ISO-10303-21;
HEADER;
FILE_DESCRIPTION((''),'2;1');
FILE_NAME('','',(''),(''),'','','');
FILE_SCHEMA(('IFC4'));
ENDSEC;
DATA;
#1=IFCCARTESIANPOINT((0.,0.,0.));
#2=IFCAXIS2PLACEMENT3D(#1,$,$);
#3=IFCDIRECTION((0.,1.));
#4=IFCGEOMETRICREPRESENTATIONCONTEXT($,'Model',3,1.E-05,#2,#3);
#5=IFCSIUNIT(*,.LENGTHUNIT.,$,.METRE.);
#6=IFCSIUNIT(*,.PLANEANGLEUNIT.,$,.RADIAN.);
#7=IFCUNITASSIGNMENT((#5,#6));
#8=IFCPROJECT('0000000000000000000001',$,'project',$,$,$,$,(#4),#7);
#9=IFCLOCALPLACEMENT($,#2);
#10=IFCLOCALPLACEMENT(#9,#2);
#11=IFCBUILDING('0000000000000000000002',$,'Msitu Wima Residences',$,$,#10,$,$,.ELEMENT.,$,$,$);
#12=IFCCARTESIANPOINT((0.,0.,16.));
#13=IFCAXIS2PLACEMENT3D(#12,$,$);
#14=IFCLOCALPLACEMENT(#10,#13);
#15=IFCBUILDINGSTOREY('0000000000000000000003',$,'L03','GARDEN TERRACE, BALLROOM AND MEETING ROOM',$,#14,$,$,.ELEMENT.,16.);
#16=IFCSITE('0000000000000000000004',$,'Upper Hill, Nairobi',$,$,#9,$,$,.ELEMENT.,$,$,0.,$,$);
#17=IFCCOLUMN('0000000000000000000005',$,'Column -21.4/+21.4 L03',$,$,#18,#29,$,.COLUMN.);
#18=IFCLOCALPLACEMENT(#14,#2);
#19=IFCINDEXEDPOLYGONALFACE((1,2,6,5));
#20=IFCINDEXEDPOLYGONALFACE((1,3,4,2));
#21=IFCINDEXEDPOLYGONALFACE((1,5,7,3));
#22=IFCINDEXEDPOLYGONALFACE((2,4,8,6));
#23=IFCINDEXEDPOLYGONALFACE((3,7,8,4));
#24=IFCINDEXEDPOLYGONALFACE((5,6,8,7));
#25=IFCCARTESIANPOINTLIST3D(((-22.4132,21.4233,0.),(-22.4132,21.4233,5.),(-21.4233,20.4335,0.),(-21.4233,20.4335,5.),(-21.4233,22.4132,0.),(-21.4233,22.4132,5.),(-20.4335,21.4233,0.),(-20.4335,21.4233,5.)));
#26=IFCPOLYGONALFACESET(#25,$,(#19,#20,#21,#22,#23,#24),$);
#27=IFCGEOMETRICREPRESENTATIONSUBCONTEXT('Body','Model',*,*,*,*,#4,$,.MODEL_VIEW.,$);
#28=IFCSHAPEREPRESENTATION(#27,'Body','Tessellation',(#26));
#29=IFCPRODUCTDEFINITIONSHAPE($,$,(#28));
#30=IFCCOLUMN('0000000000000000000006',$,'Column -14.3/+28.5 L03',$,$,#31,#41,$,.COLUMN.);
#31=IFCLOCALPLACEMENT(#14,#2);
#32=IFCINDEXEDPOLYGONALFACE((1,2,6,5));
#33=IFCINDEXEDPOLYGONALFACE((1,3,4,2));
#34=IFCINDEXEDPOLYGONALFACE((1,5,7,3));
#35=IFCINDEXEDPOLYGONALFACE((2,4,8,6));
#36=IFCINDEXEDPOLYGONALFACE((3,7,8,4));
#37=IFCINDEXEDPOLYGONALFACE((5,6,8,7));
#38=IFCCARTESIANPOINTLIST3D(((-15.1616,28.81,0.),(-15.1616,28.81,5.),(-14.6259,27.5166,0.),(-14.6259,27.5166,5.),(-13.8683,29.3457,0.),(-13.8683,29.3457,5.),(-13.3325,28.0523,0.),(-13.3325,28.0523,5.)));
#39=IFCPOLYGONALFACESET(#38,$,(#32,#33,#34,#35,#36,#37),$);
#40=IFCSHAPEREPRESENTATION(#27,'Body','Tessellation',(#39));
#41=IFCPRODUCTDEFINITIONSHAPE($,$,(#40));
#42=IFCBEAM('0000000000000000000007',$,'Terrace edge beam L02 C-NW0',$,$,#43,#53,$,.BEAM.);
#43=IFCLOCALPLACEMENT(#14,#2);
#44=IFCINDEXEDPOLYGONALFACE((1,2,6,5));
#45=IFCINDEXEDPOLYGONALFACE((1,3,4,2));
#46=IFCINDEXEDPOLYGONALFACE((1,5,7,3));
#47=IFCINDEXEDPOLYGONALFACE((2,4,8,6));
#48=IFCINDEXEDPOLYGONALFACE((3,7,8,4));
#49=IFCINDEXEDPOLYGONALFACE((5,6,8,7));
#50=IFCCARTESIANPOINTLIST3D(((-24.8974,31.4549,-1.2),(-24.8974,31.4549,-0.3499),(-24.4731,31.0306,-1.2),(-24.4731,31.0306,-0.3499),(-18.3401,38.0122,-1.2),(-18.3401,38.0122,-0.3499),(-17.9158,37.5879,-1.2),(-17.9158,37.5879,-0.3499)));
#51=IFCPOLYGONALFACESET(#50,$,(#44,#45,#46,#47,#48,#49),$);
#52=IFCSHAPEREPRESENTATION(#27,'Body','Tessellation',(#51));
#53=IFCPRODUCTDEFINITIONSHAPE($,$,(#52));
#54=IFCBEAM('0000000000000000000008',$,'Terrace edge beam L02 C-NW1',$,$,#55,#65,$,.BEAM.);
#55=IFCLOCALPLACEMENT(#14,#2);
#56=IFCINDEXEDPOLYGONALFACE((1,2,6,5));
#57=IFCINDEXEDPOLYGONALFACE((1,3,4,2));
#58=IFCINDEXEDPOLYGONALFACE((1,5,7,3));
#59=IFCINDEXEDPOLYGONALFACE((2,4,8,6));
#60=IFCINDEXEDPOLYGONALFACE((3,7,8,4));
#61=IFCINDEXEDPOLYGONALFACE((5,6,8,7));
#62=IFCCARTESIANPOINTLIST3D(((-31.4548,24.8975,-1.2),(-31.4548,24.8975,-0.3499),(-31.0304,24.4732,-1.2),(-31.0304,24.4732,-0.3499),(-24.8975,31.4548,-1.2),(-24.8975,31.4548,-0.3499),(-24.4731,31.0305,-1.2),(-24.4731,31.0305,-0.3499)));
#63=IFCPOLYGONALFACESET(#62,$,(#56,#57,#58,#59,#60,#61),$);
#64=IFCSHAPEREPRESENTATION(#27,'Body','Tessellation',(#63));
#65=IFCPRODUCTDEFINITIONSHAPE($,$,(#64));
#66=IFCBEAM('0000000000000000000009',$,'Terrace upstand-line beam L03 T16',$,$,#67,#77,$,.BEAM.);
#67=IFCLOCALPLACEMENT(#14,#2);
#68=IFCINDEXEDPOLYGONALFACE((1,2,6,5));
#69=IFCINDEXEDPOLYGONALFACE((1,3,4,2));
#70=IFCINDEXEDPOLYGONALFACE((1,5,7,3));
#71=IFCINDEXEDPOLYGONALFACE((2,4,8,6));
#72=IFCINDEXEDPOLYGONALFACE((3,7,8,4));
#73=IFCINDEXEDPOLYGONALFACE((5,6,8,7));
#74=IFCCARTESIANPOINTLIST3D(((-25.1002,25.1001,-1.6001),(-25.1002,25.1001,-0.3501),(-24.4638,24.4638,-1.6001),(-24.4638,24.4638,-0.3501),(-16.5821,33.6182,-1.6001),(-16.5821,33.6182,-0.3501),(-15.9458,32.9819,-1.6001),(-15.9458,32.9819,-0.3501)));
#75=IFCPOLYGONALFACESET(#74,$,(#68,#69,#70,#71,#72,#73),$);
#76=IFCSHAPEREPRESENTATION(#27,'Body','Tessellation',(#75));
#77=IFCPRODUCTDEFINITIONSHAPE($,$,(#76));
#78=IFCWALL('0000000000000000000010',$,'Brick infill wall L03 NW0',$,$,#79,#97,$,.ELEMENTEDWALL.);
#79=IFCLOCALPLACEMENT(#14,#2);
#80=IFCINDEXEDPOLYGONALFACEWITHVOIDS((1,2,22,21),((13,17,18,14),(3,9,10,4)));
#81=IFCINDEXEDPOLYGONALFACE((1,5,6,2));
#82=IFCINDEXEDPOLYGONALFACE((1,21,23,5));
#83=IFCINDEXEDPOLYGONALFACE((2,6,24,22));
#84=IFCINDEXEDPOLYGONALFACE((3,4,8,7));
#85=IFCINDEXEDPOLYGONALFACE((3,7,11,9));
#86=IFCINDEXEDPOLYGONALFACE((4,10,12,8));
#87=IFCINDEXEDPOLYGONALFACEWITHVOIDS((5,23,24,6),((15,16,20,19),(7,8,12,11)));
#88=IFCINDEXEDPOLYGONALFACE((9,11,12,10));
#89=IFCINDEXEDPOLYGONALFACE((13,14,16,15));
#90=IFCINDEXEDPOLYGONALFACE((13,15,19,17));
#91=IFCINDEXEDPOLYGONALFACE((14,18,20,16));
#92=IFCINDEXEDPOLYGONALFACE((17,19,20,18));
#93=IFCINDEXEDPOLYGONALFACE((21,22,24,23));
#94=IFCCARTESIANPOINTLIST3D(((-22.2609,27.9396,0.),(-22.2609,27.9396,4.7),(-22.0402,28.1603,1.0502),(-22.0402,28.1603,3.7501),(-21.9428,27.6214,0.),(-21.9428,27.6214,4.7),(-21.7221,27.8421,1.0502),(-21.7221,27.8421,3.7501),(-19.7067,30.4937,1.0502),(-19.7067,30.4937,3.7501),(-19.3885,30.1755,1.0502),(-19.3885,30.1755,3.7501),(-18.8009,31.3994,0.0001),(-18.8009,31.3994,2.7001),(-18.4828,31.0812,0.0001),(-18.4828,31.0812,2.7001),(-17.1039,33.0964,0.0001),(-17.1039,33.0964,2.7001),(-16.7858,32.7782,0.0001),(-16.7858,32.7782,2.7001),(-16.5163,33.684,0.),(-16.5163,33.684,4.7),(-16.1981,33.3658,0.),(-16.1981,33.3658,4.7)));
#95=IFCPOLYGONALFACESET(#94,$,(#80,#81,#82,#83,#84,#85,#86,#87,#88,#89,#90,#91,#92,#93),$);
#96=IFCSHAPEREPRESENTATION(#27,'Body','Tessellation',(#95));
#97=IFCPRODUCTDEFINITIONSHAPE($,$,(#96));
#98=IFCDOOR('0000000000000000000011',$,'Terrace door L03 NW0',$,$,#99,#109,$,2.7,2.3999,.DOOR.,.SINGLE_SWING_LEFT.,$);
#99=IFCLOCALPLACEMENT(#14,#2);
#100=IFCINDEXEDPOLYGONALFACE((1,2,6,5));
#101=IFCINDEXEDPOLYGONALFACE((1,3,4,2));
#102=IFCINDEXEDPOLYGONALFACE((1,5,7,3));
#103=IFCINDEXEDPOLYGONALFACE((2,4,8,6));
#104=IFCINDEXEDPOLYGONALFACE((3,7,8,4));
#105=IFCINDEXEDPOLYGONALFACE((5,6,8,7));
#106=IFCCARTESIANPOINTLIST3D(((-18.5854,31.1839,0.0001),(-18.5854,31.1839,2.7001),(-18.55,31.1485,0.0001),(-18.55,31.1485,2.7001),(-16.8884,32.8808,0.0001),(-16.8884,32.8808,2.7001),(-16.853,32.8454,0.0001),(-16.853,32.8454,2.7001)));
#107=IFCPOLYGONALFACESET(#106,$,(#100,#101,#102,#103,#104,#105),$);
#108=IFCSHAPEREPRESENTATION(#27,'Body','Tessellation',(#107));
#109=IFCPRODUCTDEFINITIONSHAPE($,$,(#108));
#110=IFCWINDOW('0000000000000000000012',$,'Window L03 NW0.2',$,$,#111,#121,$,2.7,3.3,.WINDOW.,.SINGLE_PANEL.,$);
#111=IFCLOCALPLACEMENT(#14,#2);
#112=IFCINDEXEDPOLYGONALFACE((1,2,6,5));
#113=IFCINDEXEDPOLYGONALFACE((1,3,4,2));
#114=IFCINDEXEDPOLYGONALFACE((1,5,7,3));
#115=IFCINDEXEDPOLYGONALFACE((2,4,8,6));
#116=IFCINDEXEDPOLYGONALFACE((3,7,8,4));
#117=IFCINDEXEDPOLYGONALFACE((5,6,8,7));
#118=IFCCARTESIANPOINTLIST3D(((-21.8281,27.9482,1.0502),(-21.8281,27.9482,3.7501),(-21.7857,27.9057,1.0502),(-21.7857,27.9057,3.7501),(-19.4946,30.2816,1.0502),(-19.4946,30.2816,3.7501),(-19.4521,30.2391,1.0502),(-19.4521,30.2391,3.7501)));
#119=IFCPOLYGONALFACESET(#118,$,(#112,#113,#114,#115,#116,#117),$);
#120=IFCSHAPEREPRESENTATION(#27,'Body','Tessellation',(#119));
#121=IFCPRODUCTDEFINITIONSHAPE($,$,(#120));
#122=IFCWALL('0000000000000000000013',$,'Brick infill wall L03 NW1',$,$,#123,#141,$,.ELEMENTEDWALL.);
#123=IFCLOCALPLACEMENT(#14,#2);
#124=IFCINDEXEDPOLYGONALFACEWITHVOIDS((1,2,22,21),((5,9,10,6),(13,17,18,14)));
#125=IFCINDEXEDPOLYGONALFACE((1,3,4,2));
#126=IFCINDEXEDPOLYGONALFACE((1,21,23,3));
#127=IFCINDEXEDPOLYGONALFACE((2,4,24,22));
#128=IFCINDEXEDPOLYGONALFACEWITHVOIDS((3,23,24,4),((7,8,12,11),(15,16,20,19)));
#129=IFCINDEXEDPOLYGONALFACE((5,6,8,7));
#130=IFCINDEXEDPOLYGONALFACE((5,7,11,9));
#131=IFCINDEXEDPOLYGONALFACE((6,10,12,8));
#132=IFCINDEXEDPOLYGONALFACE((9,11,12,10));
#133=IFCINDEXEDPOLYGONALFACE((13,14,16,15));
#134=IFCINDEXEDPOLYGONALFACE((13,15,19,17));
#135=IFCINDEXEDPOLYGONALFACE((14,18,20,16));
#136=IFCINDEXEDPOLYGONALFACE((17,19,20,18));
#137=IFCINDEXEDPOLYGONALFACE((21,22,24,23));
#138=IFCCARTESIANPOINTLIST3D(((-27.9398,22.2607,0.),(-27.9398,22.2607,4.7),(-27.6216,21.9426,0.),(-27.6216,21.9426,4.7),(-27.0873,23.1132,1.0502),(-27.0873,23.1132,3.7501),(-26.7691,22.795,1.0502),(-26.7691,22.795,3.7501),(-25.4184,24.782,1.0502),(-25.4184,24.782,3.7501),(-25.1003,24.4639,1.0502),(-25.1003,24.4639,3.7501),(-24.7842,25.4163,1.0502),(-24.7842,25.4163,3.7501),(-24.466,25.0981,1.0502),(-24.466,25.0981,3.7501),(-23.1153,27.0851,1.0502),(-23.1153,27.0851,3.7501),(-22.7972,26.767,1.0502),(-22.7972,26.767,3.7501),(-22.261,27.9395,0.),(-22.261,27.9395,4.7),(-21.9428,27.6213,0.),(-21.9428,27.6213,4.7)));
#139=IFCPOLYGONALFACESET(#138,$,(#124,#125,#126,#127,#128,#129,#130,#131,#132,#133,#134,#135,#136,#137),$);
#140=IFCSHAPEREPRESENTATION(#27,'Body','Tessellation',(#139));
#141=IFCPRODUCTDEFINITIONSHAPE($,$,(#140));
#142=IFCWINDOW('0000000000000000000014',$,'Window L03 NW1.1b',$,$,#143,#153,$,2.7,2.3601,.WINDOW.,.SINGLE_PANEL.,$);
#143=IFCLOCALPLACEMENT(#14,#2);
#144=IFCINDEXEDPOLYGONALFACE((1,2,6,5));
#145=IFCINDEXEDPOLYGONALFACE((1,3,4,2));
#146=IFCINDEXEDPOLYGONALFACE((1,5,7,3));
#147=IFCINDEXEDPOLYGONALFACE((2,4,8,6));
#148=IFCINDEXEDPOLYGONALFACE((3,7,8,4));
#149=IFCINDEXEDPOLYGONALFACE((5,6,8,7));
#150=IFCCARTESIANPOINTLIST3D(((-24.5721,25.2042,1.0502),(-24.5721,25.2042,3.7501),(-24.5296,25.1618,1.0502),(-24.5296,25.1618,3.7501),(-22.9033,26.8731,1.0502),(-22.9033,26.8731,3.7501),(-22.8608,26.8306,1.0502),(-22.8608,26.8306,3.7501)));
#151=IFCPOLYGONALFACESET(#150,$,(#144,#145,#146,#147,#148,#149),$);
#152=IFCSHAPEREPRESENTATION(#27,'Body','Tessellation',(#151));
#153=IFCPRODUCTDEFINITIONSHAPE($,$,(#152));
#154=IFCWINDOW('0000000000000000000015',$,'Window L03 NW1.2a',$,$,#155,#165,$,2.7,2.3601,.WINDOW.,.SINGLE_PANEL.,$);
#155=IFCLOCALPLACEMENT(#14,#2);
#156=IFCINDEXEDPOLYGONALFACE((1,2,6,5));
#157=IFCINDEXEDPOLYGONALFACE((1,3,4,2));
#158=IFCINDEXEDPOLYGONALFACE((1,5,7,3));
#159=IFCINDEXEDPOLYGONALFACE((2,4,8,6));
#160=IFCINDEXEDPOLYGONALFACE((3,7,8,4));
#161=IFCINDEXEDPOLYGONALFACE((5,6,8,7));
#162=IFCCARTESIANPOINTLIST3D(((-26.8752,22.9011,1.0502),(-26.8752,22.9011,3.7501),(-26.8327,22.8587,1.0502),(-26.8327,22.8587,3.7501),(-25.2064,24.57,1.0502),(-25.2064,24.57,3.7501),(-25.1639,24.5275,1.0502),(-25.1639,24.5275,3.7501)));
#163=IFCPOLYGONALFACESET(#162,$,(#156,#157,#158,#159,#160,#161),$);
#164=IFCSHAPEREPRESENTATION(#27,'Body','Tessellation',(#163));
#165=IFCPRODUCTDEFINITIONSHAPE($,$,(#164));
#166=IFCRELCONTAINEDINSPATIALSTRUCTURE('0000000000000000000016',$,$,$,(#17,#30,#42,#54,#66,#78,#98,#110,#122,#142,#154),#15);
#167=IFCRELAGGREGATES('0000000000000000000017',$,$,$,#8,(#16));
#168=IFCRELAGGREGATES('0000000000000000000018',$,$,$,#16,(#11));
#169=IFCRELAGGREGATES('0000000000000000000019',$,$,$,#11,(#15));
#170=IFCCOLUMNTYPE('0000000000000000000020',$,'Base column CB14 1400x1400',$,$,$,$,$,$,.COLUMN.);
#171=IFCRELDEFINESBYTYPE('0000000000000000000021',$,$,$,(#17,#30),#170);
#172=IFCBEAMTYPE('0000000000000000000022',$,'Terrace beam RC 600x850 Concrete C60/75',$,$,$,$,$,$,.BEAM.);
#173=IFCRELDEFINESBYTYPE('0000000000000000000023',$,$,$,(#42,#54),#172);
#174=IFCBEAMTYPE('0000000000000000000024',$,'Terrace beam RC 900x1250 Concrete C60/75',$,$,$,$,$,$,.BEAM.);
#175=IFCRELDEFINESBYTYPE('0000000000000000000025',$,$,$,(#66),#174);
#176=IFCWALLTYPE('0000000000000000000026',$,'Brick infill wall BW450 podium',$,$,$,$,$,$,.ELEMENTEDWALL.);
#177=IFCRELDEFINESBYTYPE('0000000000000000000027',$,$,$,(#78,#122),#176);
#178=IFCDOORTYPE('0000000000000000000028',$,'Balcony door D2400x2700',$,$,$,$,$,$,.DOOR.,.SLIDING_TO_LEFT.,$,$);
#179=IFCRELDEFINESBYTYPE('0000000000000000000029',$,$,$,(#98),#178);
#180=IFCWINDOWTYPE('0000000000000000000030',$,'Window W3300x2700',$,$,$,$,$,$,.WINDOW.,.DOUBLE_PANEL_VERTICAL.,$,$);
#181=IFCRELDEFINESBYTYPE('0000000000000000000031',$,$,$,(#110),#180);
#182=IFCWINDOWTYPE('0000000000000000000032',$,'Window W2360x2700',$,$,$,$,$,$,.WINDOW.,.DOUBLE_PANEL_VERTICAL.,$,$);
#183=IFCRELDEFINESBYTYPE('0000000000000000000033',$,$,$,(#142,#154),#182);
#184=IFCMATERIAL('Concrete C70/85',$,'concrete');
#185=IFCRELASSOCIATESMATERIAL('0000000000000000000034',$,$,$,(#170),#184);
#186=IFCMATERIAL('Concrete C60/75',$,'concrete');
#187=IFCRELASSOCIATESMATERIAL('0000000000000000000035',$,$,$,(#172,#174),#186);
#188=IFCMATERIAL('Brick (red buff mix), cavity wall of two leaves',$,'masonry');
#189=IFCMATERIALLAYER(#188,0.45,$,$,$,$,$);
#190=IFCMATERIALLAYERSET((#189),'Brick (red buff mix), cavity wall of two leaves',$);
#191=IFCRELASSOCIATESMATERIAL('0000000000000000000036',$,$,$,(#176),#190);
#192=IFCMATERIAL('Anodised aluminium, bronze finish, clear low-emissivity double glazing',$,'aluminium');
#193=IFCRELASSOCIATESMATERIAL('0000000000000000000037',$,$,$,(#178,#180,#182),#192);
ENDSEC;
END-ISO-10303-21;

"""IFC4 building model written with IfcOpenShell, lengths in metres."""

from ifc_helpers import new_model, si_unit, direction, frame, frame_2d, origin, origin_2d, place, context, subcontext, project, spatial, rectangle, extrude, material, layer, layer_set, material_profile, profile_set, type_object, element, fill, save


model = new_model("IFC4")

# Units and contexts
model_context = context("Model", 3, precision=1e-05, world=origin(), true_north=direction((0.0, 1.0)))
body_context = subcontext(model_context, "Body", "Model", "MODEL_VIEW")
ifc_project = project(units=[si_unit("LENGTHUNIT", "METRE"), si_unit("PLANEANGLEUNIT", "RADIAN")], contexts=[model_context])

# Site, building, storey
site_placement = place(None, origin())
site = spatial("IfcSite", under=ifc_project, at=site_placement, Name="Upper Hill, Nairobi", CompositionType="ELEMENT", RefElevation=0.0)
building_placement = place(site_placement, origin())
building = spatial("IfcBuilding", under=site, at=building_placement, Name="Msitu Wima Residences", CompositionType="ELEMENT")
storey_placement = place(building_placement, frame((0.0, 0.0, 16.0)))
storey = spatial("IfcBuildingStorey", under=building, at=storey_placement, Name="L03", Description="GARDEN TERRACE, BALLROOM AND MEETING ROOM", CompositionType="ELEMENT", Elevation=16.0)

# Columns
ifc_material_1 = material(Name="Concrete C70/85", Category="concrete")
ifc_material_profile_1 = material_profile(ifc_material_1, rectangle(XDim=1.3999, YDim=1.3999, at=origin_2d()), Name="RC 1400x1400")
ifc_profile_set_1 = profile_set([ifc_material_profile_1], Name="Concrete C70/85")
column_type = type_object("IfcColumnType", Name="Base column CB14 1400x1400", PredefinedType="COLUMN", material=ifc_profile_set_1)
for number, where, z_axis, x_axis, name in (
    (1, (-21.4233, 21.4233, 0.0), (0.0, 0.0, 1.0), (-0.707107, -0.707107, 0.0), "Column -21.4/+21.4 L03"),
    (2, (-14.2471, 28.4312, 0.0), (0.0, 0.0, 1.0), (-0.92388, -0.382683, 0.0), "Column -14.3/+28.5 L03"),
):
    element("IfcColumn", number, at=place(storey_placement, frame(where, z_axis=z_axis, x_axis=x_axis)), inside=storey, type_object=column_type, Name=name, PredefinedType="COLUMN", context=body_context, shape_type="SweptSolid", body=[
        extrude(rectangle(XDim=1.3999, YDim=1.3999, at=origin_2d()), origin(), (0.0, 0.0, 1.0), 5.0),
    ])

# Beams
ifc_material_2 = material(Name="Concrete C60/75", Category="concrete")
ifc_material_profile_2 = material_profile(ifc_material_2, rectangle(XDim=0.6001, YDim=0.8501, at=origin_2d()), Name="RC 600x850")
ifc_profile_set_2 = profile_set([ifc_material_profile_2], Name="Concrete C60/75")
beam_type_1 = type_object("IfcBeamType", Name="Terrace beam RC 600x850 Concrete C60/75", PredefinedType="BEAM", material=ifc_profile_set_2)
for number, where, z_axis, x_axis, name in (
    (3, (-18.1279, 37.8, -0.7749), (-0.707107, -0.707107, 0.0), (0.707107, -0.707107, 0.0), "Terrace edge beam L02 C-NW0"),
    (4, (-24.6853, 31.2427, -0.7749), (-0.707107, -0.707107, 0.0), (0.707107, -0.707107, 0.0), "Terrace edge beam L02 C-NW1"),
):
    element("IfcBeam", number, at=place(storey_placement, frame(where, z_axis=z_axis, x_axis=x_axis)), inside=storey, type_object=beam_type_1, Name=name, PredefinedType="BEAM", context=body_context, shape_type="SweptSolid", body=[
        extrude(rectangle(XDim=0.6001, YDim=0.8501, at=origin_2d()), origin(), (0.0, 0.0, 1.0), 9.2734),
    ])
ifc_material_profile_3 = material_profile(ifc_material_2, rectangle(XDim=0.8999, YDim=1.25, at=origin_2d()), Name="RC 900x1250")
ifc_profile_set_3 = profile_set([ifc_material_profile_3], Name="Concrete C60/75")
beam_type_2 = type_object("IfcBeamType", Name="Terrace beam RC 900x1250 Concrete C60/75", PredefinedType="BEAM", material=ifc_profile_set_3)
beam_placement = place(storey_placement, frame((-16.2639, 33.3, -0.9751), z_axis=(-0.707107, -0.707107, 0.0), x_axis=(0.707107, -0.707107, 0.0)))
element("IfcBeam", 5, at=beam_placement, inside=storey, type_object=beam_type_2, Name="Terrace upstand-line beam L03 T16", PredefinedType="BEAM", context=body_context, shape_type="SweptSolid", body=[
    extrude(rectangle(XDim=0.8999, YDim=1.25, at=origin_2d()), origin(), (0.0, 0.0, 1.0), 12.0464),
])

# Wall, openings, door, window
ifc_material_3 = material(Name="Brick (red buff mix), cavity wall of two leaves", Category="masonry")
ifc_layer_1 = layer(ifc_material_3, 0.45)
ifc_layer_set_1 = layer_set([ifc_layer_1], Name="Brick (red buff mix), cavity wall of two leaves")
wall_type_1 = type_object("IfcWallType", Name="Brick infill wall BW450 podium", PredefinedType="ELEMENTEDWALL", material=ifc_layer_set_1)
wall_1_placement = place(storey_placement, frame((-16.3572, 33.5249, 0.0), z_axis=(0.0, 0.0, 1.0), x_axis=(-0.707122, -0.707092, 0.0)))
wall_1 = element("IfcWall", 6, at=wall_1_placement, inside=storey, type_object=wall_type_1, Name="Brick infill wall L03 NW0", PredefinedType="ELEMENTEDWALL", context=body_context, shape_type="SweptSolid", body=[
    extrude(rectangle(XDim=8.124, YDim=0.45, at=frame_2d((4.062, 0.0))), origin(), (0.0, 0.0, 1.0), 4.7),
])
opening_1_placement = place(wall_1_placement, frame((0.8311, 0.0, 0.0)))
opening_1 = element("IfcOpeningElement", 7, at=opening_1_placement, cuts=wall_1, PredefinedType="OPENING", context=body_context, shape_type="SweptSolid", body=[
    extrude(rectangle(XDim=2.3999, YDim=2.7, at=frame_2d((1.2, 1.3501))), frame((0.0, 0.2349, 0.0), z_axis=(0.0, -1.0, 0.0), x_axis=(1.0, 0.0, 0.0)), (0.0, 0.0, 1.0), 0.47),
])
opening_2_placement = place(wall_1_placement, frame((4.512, 0.0, 1.05)))
opening_2 = element("IfcOpeningElement", 8, at=opening_2_placement, cuts=wall_1, PredefinedType="OPENING", context=body_context, shape_type="SweptSolid", body=[
    extrude(rectangle(XDim=3.3, YDim=2.7, at=frame_2d((1.6499, 1.3501))), frame((0.0, 0.2349, 0.0), z_axis=(0.0, -1.0, 0.0), x_axis=(1.0, 0.0, 0.0)), (0.0, 0.0, 1.0), 0.47),
])
ifc_material_4 = material(Name="Anodised aluminium, bronze finish, clear low-emissivity double glazing", Category="aluminium")
door_type_1 = type_object("IfcDoorType", Name="Balcony door D2400x2700", OperationType="SLIDING_TO_LEFT", PredefinedType="DOOR", material=ifc_material_4)
door_1_placement = place(opening_1_placement, origin())
door_1 = element("IfcDoor", 9, at=door_1_placement, inside=storey, type_object=door_type_1, Name="Terrace door L03 NW0", OperationType="SINGLE_SWING_LEFT", OverallHeight=2.7, OverallWidth=2.3999, PredefinedType="DOOR", context=body_context, shape_type="SweptSolid", body=[
    extrude(rectangle(XDim=2.3999, YDim=2.7, at=frame_2d((1.2, 1.3501))), frame((0.0, 0.1299, 0.0), z_axis=(0.0, -1.0, 0.0), x_axis=(1.0, 0.0, 0.0)), (0.0, 0.0, 1.0), 0.05),
])
fill(opening_1, door_1)
window_type_1 = type_object("IfcWindowType", Name="Window W3300x2700", PartitioningType="DOUBLE_PANEL_VERTICAL", PredefinedType="WINDOW", material=ifc_material_4)
window_1_placement = place(opening_2_placement, origin())
window_1 = element("IfcWindow", 10, at=window_1_placement, inside=storey, type_object=window_type_1, Name="Window L03 NW0.2", OverallHeight=2.7, OverallWidth=3.3, PartitioningType="SINGLE_PANEL", PredefinedType="WINDOW", context=body_context, shape_type="SweptSolid", body=[
    extrude(rectangle(XDim=3.3, YDim=2.7, at=frame_2d((1.6499, 1.3501))), frame((0.0, 0.135, 0.0), z_axis=(0.0, -1.0, 0.0), x_axis=(1.0, 0.0, 0.0)), (0.0, 0.0, 1.0), 0.0601),
])
fill(opening_2, window_1)

# Wall, openings, windows
wall_2_placement = place(storey_placement, frame((-22.1018, 27.7805, 0.0), z_axis=(0.0, 0.0, 1.0), x_axis=(-0.707107, -0.707107, 0.0)))
wall_2 = element("IfcWall", 11, at=wall_2_placement, inside=storey, type_object=wall_type_1, Name="Brick infill wall L03 NW1", PredefinedType="ELEMENTEDWALL", context=body_context, shape_type="SweptSolid", body=[
    extrude(rectangle(XDim=8.031, YDim=0.45, at=frame_2d((4.0156, 0.0))), origin(), (0.0, 0.0, 1.0), 4.7),
])
opening_3_placement = place(wall_2_placement, frame((1.2083, 0.0, 1.05)))
opening_3 = element("IfcOpeningElement", 12, at=opening_3_placement, cuts=wall_2, PredefinedType="OPENING", context=body_context, shape_type="SweptSolid", body=[
    extrude(rectangle(XDim=2.3601, YDim=2.7, at=frame_2d((1.1802, 1.3501))), frame((0.0, 0.2349, 0.0), z_axis=(0.0, -1.0, 0.0), x_axis=(1.0, 0.0, 0.0)), (0.0, 0.0, 1.0), 0.47),
])
opening_4_placement = place(wall_2_placement, frame((4.4653, 0.0, 1.05)))
opening_4 = element("IfcOpeningElement", 13, at=opening_4_placement, cuts=wall_2, PredefinedType="OPENING", context=body_context, shape_type="SweptSolid", body=[
    extrude(rectangle(XDim=2.3601, YDim=2.7, at=frame_2d((1.1802, 1.3501))), frame((0.0, 0.2349, 0.0), z_axis=(0.0, -1.0, 0.0), x_axis=(1.0, 0.0, 0.0)), (0.0, 0.0, 1.0), 0.47),
])
window_type_2 = type_object("IfcWindowType", Name="Window W2360x2700", PartitioningType="DOUBLE_PANEL_VERTICAL", PredefinedType="WINDOW", material=ifc_material_4)
window_2_placement = place(opening_3_placement, origin())
window_2 = element("IfcWindow", 14, at=window_2_placement, inside=storey, type_object=window_type_2, Name="Window L03 NW1.1b", OverallHeight=2.7, OverallWidth=2.3601, PartitioningType="SINGLE_PANEL", PredefinedType="WINDOW", context=body_context, shape_type="SweptSolid", body=[
    extrude(rectangle(XDim=2.3601, YDim=2.7, at=frame_2d((1.1802, 1.3501))), frame((0.0, 0.135, 0.0), z_axis=(0.0, -1.0, 0.0), x_axis=(1.0, 0.0, 0.0)), (0.0, 0.0, 1.0), 0.0601),
])
fill(opening_3, window_2)
window_3_placement = place(opening_4_placement, origin())
window_3 = element("IfcWindow", 15, at=window_3_placement, inside=storey, type_object=window_type_2, Name="Window L03 NW1.2a", OverallHeight=2.7, OverallWidth=2.3601, PartitioningType="SINGLE_PANEL", PredefinedType="WINDOW", context=body_context, shape_type="SweptSolid", body=[
    extrude(rectangle(XDim=2.3601, YDim=2.7, at=frame_2d((1.1802, 1.3501))), frame((0.0, 0.135, 0.0), z_axis=(0.0, -1.0, 0.0), x_axis=(1.0, 0.0, 0.0)), (0.0, 0.0, 1.0), 0.0601),
])
fill(opening_4, window_3)

save(model, "model.ifc")
